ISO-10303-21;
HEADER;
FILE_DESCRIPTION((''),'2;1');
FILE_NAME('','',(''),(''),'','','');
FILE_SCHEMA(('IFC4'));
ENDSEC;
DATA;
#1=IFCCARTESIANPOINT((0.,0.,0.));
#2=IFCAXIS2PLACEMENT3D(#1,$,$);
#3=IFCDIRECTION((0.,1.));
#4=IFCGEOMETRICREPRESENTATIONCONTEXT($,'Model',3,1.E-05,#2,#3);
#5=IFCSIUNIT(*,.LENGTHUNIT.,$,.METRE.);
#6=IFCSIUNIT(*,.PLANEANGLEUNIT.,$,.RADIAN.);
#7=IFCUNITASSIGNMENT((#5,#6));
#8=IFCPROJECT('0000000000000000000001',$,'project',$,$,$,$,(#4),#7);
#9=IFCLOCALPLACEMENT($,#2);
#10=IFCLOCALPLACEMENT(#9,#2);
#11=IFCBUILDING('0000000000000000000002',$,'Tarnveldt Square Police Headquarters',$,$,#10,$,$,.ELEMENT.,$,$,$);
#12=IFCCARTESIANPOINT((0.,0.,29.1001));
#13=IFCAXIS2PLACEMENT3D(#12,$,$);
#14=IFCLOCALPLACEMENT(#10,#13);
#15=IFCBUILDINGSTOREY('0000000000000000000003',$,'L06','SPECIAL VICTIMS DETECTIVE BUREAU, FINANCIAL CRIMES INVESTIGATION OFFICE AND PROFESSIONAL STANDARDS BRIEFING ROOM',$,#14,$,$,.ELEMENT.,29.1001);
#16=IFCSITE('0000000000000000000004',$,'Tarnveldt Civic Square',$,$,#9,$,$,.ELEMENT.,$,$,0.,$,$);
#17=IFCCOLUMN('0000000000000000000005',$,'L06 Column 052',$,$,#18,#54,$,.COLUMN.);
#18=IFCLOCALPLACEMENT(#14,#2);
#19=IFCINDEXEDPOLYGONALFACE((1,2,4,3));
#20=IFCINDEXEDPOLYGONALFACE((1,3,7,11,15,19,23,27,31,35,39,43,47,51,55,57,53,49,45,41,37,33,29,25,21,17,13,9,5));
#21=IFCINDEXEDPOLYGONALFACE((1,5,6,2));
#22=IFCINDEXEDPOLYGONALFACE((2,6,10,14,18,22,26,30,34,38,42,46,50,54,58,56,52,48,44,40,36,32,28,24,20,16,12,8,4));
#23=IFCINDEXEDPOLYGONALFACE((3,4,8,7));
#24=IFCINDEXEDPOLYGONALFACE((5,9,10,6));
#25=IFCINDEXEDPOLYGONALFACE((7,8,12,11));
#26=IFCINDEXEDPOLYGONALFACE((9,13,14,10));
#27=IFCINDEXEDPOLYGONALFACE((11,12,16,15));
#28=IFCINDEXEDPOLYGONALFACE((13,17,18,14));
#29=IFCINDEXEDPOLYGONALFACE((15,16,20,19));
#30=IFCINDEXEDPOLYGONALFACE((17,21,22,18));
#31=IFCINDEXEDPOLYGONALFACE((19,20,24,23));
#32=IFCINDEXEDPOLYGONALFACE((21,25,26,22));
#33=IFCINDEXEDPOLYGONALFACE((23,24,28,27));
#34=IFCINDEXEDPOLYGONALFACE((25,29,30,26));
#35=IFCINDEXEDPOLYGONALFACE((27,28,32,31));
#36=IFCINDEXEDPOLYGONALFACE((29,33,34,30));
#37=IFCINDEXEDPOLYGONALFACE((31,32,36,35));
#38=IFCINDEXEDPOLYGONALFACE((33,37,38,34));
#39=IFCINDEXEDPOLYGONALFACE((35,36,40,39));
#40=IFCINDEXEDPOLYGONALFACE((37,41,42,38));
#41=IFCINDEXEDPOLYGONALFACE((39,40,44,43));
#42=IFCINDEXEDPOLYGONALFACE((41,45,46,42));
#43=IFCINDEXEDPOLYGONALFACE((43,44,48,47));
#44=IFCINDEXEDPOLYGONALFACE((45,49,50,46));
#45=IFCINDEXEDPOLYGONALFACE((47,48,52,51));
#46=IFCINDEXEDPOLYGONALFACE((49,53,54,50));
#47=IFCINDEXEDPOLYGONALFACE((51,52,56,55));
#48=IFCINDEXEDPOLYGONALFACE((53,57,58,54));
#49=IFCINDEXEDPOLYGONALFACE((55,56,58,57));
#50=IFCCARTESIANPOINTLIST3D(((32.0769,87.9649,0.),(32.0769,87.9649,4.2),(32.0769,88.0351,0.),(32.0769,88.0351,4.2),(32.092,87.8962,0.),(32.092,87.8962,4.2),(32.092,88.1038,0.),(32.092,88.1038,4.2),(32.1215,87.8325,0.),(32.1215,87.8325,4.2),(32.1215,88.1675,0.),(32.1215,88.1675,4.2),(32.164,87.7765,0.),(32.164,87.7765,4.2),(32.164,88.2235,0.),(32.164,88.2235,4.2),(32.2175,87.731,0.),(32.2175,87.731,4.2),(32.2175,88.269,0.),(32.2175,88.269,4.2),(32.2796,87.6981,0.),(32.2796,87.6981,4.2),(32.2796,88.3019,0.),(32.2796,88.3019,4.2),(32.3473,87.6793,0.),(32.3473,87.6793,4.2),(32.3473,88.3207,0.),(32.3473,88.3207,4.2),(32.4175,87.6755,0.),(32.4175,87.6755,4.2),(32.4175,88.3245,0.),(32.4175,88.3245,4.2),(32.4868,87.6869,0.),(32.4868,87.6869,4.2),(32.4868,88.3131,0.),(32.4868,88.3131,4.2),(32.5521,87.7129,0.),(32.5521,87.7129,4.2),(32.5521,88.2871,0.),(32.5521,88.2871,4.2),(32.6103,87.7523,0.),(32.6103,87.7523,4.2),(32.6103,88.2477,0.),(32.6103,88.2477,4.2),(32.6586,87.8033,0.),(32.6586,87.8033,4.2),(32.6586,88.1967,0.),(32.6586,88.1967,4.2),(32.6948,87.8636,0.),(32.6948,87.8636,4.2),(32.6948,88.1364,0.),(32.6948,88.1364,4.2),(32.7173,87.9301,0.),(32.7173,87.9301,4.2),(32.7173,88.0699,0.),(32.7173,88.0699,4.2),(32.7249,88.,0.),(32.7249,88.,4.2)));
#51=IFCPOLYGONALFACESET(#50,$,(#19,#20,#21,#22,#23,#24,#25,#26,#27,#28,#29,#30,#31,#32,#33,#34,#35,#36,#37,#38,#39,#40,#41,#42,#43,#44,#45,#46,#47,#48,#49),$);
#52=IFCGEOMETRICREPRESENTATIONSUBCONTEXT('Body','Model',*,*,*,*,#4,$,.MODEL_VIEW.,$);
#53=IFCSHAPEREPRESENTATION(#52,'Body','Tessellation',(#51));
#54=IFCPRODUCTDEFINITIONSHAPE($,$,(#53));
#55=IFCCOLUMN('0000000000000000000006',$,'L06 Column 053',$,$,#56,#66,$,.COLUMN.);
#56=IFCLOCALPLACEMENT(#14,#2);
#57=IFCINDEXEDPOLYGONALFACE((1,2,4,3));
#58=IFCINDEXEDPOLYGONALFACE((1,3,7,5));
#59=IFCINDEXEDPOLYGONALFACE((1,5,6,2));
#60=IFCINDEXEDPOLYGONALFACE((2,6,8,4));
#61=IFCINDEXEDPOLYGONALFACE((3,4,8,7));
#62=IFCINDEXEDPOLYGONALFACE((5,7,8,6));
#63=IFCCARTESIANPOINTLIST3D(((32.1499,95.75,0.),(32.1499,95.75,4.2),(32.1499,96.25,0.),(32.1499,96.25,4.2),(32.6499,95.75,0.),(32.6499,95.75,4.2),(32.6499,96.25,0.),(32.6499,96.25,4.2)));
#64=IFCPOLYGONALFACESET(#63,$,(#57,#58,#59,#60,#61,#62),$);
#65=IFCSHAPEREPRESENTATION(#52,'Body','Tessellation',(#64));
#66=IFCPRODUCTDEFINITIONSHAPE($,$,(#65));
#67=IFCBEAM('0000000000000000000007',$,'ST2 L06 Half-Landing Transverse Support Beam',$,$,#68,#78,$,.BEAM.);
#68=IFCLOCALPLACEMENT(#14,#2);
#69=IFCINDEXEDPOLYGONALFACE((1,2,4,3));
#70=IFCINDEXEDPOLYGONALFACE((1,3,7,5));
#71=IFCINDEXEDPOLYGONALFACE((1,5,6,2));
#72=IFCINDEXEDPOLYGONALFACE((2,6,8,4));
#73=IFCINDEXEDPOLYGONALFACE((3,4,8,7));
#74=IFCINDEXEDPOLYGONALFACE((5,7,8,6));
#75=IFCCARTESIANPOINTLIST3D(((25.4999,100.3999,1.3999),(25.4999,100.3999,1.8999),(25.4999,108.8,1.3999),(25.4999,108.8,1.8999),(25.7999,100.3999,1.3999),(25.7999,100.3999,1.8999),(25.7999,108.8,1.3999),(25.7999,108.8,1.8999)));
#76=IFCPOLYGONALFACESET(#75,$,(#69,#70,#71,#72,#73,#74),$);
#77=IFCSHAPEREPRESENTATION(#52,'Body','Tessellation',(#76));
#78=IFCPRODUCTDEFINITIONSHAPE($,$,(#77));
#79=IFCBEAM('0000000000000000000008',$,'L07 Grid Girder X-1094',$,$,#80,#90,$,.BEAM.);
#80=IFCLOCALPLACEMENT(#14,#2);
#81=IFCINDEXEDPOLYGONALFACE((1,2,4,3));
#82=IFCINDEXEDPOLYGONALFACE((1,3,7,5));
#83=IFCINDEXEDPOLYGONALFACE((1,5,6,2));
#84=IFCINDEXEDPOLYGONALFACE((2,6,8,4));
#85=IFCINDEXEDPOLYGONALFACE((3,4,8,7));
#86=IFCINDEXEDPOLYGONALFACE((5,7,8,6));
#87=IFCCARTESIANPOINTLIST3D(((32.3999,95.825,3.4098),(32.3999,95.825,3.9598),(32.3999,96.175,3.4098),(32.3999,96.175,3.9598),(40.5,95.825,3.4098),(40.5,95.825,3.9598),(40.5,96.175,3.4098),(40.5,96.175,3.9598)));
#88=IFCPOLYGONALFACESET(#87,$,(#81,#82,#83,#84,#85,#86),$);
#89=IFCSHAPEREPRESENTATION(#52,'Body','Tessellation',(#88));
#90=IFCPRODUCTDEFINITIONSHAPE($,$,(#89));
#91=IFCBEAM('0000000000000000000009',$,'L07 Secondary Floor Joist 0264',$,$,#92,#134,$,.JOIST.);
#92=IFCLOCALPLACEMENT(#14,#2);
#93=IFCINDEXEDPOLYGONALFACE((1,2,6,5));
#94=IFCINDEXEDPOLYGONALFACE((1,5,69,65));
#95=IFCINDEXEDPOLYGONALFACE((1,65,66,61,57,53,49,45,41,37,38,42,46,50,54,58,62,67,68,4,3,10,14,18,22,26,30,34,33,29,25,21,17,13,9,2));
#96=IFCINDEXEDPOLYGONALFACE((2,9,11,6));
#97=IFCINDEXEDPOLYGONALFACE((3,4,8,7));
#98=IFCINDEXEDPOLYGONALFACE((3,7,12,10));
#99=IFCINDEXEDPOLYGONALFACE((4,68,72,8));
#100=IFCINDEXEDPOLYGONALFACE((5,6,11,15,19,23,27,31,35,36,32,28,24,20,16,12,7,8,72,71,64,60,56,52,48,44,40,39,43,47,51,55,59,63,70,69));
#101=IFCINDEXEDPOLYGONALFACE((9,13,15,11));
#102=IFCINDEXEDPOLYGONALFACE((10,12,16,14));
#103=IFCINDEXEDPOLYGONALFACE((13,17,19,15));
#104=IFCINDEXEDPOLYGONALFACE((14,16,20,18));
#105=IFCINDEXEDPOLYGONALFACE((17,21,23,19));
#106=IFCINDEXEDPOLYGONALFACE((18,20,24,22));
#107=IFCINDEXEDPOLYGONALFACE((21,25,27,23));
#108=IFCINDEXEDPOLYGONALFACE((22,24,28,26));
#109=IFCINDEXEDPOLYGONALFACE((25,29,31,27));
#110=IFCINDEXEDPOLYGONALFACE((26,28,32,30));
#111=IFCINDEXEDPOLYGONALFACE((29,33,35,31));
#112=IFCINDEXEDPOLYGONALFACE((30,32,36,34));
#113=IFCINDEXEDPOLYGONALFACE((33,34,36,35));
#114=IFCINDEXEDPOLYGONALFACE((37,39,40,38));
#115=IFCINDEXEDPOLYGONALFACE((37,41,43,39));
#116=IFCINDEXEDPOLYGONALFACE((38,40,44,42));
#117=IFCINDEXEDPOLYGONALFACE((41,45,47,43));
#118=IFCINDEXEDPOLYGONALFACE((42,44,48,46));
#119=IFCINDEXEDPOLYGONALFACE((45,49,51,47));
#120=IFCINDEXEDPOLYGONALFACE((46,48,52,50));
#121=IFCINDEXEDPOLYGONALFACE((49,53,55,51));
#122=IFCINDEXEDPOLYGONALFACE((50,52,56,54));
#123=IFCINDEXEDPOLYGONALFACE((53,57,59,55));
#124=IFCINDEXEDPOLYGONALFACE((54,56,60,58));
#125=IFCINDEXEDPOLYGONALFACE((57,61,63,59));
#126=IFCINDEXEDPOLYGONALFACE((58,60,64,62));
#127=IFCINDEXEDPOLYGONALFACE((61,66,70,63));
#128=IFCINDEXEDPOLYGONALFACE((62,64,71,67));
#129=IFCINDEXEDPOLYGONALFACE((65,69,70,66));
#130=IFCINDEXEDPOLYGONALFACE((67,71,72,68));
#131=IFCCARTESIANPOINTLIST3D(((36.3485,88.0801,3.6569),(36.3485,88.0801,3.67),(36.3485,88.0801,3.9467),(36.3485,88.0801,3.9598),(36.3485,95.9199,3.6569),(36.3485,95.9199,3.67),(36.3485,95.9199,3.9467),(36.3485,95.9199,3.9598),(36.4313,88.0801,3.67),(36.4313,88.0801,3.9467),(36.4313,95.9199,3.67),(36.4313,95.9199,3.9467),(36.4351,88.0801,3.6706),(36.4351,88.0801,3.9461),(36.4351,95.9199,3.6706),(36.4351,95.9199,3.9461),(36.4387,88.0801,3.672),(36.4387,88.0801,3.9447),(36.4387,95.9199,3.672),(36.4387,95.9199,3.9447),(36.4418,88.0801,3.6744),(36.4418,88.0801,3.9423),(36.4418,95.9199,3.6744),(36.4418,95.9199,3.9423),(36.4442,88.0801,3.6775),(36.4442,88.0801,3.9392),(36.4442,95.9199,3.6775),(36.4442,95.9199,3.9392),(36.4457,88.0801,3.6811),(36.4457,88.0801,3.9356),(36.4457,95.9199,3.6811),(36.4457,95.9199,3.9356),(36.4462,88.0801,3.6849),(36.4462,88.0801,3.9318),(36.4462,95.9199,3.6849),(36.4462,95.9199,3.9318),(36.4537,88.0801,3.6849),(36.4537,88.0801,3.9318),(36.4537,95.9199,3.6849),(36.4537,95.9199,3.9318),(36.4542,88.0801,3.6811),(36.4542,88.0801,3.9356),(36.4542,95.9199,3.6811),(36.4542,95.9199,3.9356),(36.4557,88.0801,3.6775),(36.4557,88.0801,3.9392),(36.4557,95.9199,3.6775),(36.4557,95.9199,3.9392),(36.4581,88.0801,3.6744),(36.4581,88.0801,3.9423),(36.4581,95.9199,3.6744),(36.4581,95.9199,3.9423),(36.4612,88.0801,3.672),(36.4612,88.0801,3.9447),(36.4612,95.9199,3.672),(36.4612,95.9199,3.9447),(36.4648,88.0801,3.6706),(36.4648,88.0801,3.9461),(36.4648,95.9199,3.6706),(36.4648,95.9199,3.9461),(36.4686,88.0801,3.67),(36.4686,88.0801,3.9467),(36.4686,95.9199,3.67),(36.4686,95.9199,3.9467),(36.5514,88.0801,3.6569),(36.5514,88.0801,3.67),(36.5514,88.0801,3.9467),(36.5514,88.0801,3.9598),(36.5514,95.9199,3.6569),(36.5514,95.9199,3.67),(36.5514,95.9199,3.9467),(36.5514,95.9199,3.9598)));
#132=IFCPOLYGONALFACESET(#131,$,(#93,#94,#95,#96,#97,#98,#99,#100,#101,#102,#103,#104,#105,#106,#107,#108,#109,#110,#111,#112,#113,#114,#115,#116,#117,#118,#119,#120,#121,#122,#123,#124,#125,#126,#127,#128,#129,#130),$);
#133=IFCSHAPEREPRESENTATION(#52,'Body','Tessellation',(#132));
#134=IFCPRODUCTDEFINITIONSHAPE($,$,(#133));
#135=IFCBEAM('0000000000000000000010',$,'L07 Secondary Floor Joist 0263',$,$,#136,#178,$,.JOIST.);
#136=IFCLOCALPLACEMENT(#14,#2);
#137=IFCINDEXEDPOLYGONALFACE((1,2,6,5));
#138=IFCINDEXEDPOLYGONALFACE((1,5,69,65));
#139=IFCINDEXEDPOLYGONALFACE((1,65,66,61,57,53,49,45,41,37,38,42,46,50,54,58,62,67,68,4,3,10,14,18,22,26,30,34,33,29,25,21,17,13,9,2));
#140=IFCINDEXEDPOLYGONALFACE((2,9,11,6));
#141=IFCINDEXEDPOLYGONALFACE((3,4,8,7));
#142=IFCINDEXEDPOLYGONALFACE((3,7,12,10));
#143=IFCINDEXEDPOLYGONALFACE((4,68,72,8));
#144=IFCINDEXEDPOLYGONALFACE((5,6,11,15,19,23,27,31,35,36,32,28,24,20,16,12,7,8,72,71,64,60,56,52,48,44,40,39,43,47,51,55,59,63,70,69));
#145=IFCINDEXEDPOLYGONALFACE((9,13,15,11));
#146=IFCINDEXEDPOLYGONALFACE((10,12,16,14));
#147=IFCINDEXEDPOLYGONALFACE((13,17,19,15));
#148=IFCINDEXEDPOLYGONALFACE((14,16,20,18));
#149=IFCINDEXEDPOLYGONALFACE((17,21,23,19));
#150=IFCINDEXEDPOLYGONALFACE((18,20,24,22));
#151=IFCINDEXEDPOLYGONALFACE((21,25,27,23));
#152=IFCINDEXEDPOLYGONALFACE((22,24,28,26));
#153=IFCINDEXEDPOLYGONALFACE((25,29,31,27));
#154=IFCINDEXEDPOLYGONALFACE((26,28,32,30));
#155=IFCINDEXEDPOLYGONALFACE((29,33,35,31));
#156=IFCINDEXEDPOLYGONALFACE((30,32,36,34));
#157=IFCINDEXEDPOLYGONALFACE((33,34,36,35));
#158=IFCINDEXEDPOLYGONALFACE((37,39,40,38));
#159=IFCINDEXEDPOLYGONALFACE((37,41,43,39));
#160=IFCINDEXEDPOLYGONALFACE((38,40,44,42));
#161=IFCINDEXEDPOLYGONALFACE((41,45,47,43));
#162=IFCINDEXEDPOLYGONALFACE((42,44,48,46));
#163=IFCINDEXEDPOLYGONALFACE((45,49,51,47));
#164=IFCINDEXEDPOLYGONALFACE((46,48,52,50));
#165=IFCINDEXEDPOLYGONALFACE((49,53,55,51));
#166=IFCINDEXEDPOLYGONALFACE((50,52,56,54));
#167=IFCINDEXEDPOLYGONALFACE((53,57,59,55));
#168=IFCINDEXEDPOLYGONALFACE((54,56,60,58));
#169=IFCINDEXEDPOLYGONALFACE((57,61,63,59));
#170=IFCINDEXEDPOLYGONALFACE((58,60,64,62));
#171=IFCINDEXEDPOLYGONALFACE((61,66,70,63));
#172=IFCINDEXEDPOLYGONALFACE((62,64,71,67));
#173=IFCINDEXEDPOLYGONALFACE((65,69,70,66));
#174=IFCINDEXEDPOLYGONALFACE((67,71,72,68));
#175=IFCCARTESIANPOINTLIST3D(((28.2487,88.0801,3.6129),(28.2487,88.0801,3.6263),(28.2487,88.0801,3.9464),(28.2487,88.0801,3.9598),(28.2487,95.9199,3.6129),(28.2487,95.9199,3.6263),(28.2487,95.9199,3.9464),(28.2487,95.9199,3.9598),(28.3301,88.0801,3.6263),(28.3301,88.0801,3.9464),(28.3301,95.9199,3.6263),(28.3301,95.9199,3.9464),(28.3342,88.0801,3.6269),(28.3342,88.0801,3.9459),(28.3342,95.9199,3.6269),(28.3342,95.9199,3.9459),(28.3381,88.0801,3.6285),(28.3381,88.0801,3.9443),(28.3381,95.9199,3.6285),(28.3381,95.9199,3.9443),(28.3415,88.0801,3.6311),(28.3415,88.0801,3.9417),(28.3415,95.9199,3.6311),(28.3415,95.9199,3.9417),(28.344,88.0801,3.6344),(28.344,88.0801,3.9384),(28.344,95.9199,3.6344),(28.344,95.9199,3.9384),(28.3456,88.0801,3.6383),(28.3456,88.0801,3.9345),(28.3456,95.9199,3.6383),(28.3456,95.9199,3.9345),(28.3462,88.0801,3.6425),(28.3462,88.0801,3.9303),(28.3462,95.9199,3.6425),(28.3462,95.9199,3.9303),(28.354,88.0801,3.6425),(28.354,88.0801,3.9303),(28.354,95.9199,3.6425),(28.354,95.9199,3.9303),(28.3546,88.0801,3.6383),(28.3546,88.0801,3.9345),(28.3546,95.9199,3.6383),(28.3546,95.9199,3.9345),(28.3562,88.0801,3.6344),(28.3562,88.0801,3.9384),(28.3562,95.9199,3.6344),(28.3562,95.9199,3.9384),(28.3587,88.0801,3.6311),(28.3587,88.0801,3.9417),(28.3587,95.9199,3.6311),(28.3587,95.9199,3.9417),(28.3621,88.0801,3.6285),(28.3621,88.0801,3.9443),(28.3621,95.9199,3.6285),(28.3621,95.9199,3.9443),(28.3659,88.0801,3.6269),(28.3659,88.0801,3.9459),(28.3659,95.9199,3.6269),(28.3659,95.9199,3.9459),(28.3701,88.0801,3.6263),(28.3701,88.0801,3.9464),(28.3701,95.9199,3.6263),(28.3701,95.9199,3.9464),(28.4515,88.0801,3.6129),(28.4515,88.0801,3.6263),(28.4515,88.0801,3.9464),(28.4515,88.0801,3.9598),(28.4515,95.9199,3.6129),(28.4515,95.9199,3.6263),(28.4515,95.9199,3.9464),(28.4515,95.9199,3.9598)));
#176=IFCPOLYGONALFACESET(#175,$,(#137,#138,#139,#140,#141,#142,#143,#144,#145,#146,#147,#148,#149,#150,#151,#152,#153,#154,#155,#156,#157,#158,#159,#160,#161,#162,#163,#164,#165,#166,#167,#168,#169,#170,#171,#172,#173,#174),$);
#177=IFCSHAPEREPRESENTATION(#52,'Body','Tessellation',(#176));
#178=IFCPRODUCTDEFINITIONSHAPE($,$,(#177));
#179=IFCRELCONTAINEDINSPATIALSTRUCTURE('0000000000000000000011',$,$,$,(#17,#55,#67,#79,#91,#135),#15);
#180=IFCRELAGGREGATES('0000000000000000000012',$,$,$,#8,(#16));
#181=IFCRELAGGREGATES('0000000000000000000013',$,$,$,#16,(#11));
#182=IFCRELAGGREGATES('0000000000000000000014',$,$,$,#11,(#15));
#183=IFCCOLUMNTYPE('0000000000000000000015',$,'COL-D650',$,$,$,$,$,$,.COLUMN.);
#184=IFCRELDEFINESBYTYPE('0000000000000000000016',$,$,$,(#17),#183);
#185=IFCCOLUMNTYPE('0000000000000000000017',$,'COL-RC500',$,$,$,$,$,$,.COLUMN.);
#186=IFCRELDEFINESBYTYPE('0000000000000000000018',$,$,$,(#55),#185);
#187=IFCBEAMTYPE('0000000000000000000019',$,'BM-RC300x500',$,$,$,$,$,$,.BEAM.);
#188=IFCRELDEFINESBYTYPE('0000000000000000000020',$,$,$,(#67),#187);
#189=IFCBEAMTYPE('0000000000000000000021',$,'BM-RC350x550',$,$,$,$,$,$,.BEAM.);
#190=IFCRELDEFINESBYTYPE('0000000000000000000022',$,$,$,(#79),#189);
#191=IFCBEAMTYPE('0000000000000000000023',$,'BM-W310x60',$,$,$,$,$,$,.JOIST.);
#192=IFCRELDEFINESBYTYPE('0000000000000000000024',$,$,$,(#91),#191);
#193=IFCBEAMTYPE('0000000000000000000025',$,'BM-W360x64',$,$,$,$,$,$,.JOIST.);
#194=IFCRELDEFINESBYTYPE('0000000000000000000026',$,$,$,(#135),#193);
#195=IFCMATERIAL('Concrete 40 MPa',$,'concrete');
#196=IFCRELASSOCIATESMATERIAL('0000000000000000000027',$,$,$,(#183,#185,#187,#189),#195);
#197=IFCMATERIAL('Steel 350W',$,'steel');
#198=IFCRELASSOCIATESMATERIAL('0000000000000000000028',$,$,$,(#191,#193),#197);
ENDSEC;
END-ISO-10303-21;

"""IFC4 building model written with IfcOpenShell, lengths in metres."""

from ifc_helpers import new_model, si_unit, direction, frame, origin, origin_2d, place, context, subcontext, project, spatial, rectangle, circle, i_section, extrude, material, material_profile, profile_set, type_object, element, save


model = new_model("IFC4")

# Units and contexts
model_context = context("Model", 3, precision=1e-05, world=origin(), true_north=direction((0.0, 1.0)))
body_context = subcontext(model_context, "Body", "Model", "MODEL_VIEW")
ifc_project = project(units=[si_unit("LENGTHUNIT", "METRE"), si_unit("PLANEANGLEUNIT", "RADIAN")], contexts=[model_context])

# Site, building, storey
site_placement = place(None, origin())
site = spatial("IfcSite", under=ifc_project, at=site_placement, Name="Tarnveldt Civic Square", CompositionType="ELEMENT", RefElevation=0.0)
building_placement = place(site_placement, origin())
building = spatial("IfcBuilding", under=site, at=building_placement, Name="Tarnveldt Square Police Headquarters", CompositionType="ELEMENT")
storey_placement = place(building_placement, frame((0.0, 0.0, 29.1001)))
storey = spatial("IfcBuildingStorey", under=building, at=storey_placement, Name="L06", Description="SPECIAL VICTIMS DETECTIVE BUREAU, FINANCIAL CRIMES INVESTIGATION OFFICE AND PROFESSIONAL STANDARDS BRIEFING ROOM", CompositionType="ELEMENT", Elevation=29.1001)

# Columns
ifc_material_1 = material(Name="Concrete 40 MPa", Category="concrete")
ifc_material_profile_1 = material_profile(ifc_material_1, circle(Radius=0.325, at=origin_2d()), Name="RC-D650")
ifc_profile_set_1 = profile_set([ifc_material_profile_1], Name="Concrete 40 MPa")
column_type_1 = type_object("IfcColumnType", Name="COL-D650", PredefinedType="COLUMN", material=ifc_profile_set_1)
column_1_placement = place(storey_placement, frame((32.3999, 88.0, 0.0), z_axis=(0.0, 0.0, 1.0), x_axis=(1.0, 0.0, 0.0)))
element("IfcColumn", 1, at=column_1_placement, inside=storey, type_object=column_type_1, Name="L06 Column 052", PredefinedType="COLUMN", context=body_context, shape_type="SweptSolid", body=[
    extrude(circle(Radius=0.325, at=origin_2d()), origin(), (0.0, 0.0, 1.0), 4.2),
])
ifc_material_profile_2 = material_profile(ifc_material_1, rectangle(XDim=0.5, YDim=0.5, at=origin_2d()), Name="RC-C500x500")
ifc_profile_set_2 = profile_set([ifc_material_profile_2], Name="Concrete 40 MPa")
column_type_2 = type_object("IfcColumnType", Name="COL-RC500", PredefinedType="COLUMN", material=ifc_profile_set_2)
column_2_placement = place(storey_placement, frame((32.3999, 96.0, 0.0), z_axis=(0.0, 0.0, 1.0), x_axis=(1.0, 0.0, 0.0)))
element("IfcColumn", 2, at=column_2_placement, inside=storey, type_object=column_type_2, Name="L06 Column 053", PredefinedType="COLUMN", context=body_context, shape_type="SweptSolid", body=[
    extrude(rectangle(XDim=0.5, YDim=0.5, at=origin_2d()), origin(), (0.0, 0.0, 1.0), 4.2),
])

# Beams
ifc_material_profile_3 = material_profile(ifc_material_1, rectangle(XDim=0.3, YDim=0.5, at=origin_2d()), Name="RC-B300x500")
ifc_profile_set_3 = profile_set([ifc_material_profile_3], Name="Concrete 40 MPa")
beam_type_1 = type_object("IfcBeamType", Name="BM-RC300x500", PredefinedType="BEAM", material=ifc_profile_set_3)
beam_1_placement = place(storey_placement, frame((25.6499, 100.3999, 1.6499), z_axis=(0.0, 1.0, 0.0), x_axis=(-1.0, 0.0, 0.0)))
element("IfcBeam", 3, at=beam_1_placement, inside=storey, type_object=beam_type_1, Name="ST2 L06 Half-Landing Transverse Support Beam", PredefinedType="BEAM", context=body_context, shape_type="SweptSolid", body=[
    extrude(rectangle(XDim=0.3, YDim=0.5, at=origin_2d()), origin(), (0.0, 0.0, 1.0), 8.4001),
])
ifc_material_profile_4 = material_profile(ifc_material_1, rectangle(XDim=0.3501, YDim=0.55, at=origin_2d()), Name="RC-B350x550")
ifc_profile_set_4 = profile_set([ifc_material_profile_4], Name="Concrete 40 MPa")
beam_type_2 = type_object("IfcBeamType", Name="BM-RC350x550", PredefinedType="BEAM", material=ifc_profile_set_4)
beam_2_placement = place(storey_placement, frame((32.3999, 96.0, 3.6848), z_axis=(1.0, 0.0, 0.0), x_axis=(0.0, 1.0, 0.0)))
element("IfcBeam", 4, at=beam_2_placement, inside=storey, type_object=beam_type_2, Name="L07 Grid Girder X-1094", PredefinedType="BEAM", context=body_context, shape_type="SweptSolid", body=[
    extrude(rectangle(XDim=0.3501, YDim=0.55, at=origin_2d()), origin(), (0.0, 0.0, 1.0), 8.1001),
])
ifc_material_2 = material(Name="Steel 350W", Category="steel")
ifc_material_profile_5 = material_profile(ifc_material_2, i_section(OverallWidth=0.2029, OverallDepth=0.303, WebThickness=0.0076, FlangeThickness=0.0132, FilletRadius=0.0149, at=origin_2d()), Name="W310x60")
ifc_profile_set_5 = profile_set([ifc_material_profile_5], Name="Steel 350W")
beam_type_3 = type_object("IfcBeamType", Name="BM-W310x60", PredefinedType="JOIST", material=ifc_profile_set_5)
beam_3_placement = place(storey_placement, frame((36.45, 88.0801, 3.8083), z_axis=(0.0, 1.0, 0.0), x_axis=(-1.0, 0.0, 0.0)))
element("IfcBeam", 5, at=beam_3_placement, inside=storey, type_object=beam_type_3, Name="L07 Secondary Floor Joist 0264", PredefinedType="JOIST", context=body_context, shape_type="SweptSolid", body=[
    extrude(i_section(OverallWidth=0.2029, OverallDepth=0.303, WebThickness=0.0076, FlangeThickness=0.0132, FilletRadius=0.0149, at=origin_2d()), origin(), (0.0, 0.0, 1.0), 7.8398),
])
ifc_material_profile_6 = material_profile(ifc_material_2, i_section(OverallWidth=0.2029, OverallDepth=0.3469, WebThickness=0.0078, FlangeThickness=0.0134, FilletRadius=0.0161, at=origin_2d()), Name="W360x64")
ifc_profile_set_6 = profile_set([ifc_material_profile_6], Name="Steel 350W")
beam_type_4 = type_object("IfcBeamType", Name="BM-W360x64", PredefinedType="JOIST", material=ifc_profile_set_6)
beam_4_placement = place(storey_placement, frame((28.3501, 88.0801, 3.7864), z_axis=(0.0, 1.0, 0.0), x_axis=(-1.0, 0.0, 0.0)))
element("IfcBeam", 6, at=beam_4_placement, inside=storey, type_object=beam_type_4, Name="L07 Secondary Floor Joist 0263", PredefinedType="JOIST", context=body_context, shape_type="SweptSolid", body=[
    extrude(i_section(OverallWidth=0.2029, OverallDepth=0.3469, WebThickness=0.0078, FlangeThickness=0.0134, FilletRadius=0.0161, at=origin_2d()), origin(), (0.0, 0.0, 1.0), 7.8398),
])

save(model, "model.ifc")
